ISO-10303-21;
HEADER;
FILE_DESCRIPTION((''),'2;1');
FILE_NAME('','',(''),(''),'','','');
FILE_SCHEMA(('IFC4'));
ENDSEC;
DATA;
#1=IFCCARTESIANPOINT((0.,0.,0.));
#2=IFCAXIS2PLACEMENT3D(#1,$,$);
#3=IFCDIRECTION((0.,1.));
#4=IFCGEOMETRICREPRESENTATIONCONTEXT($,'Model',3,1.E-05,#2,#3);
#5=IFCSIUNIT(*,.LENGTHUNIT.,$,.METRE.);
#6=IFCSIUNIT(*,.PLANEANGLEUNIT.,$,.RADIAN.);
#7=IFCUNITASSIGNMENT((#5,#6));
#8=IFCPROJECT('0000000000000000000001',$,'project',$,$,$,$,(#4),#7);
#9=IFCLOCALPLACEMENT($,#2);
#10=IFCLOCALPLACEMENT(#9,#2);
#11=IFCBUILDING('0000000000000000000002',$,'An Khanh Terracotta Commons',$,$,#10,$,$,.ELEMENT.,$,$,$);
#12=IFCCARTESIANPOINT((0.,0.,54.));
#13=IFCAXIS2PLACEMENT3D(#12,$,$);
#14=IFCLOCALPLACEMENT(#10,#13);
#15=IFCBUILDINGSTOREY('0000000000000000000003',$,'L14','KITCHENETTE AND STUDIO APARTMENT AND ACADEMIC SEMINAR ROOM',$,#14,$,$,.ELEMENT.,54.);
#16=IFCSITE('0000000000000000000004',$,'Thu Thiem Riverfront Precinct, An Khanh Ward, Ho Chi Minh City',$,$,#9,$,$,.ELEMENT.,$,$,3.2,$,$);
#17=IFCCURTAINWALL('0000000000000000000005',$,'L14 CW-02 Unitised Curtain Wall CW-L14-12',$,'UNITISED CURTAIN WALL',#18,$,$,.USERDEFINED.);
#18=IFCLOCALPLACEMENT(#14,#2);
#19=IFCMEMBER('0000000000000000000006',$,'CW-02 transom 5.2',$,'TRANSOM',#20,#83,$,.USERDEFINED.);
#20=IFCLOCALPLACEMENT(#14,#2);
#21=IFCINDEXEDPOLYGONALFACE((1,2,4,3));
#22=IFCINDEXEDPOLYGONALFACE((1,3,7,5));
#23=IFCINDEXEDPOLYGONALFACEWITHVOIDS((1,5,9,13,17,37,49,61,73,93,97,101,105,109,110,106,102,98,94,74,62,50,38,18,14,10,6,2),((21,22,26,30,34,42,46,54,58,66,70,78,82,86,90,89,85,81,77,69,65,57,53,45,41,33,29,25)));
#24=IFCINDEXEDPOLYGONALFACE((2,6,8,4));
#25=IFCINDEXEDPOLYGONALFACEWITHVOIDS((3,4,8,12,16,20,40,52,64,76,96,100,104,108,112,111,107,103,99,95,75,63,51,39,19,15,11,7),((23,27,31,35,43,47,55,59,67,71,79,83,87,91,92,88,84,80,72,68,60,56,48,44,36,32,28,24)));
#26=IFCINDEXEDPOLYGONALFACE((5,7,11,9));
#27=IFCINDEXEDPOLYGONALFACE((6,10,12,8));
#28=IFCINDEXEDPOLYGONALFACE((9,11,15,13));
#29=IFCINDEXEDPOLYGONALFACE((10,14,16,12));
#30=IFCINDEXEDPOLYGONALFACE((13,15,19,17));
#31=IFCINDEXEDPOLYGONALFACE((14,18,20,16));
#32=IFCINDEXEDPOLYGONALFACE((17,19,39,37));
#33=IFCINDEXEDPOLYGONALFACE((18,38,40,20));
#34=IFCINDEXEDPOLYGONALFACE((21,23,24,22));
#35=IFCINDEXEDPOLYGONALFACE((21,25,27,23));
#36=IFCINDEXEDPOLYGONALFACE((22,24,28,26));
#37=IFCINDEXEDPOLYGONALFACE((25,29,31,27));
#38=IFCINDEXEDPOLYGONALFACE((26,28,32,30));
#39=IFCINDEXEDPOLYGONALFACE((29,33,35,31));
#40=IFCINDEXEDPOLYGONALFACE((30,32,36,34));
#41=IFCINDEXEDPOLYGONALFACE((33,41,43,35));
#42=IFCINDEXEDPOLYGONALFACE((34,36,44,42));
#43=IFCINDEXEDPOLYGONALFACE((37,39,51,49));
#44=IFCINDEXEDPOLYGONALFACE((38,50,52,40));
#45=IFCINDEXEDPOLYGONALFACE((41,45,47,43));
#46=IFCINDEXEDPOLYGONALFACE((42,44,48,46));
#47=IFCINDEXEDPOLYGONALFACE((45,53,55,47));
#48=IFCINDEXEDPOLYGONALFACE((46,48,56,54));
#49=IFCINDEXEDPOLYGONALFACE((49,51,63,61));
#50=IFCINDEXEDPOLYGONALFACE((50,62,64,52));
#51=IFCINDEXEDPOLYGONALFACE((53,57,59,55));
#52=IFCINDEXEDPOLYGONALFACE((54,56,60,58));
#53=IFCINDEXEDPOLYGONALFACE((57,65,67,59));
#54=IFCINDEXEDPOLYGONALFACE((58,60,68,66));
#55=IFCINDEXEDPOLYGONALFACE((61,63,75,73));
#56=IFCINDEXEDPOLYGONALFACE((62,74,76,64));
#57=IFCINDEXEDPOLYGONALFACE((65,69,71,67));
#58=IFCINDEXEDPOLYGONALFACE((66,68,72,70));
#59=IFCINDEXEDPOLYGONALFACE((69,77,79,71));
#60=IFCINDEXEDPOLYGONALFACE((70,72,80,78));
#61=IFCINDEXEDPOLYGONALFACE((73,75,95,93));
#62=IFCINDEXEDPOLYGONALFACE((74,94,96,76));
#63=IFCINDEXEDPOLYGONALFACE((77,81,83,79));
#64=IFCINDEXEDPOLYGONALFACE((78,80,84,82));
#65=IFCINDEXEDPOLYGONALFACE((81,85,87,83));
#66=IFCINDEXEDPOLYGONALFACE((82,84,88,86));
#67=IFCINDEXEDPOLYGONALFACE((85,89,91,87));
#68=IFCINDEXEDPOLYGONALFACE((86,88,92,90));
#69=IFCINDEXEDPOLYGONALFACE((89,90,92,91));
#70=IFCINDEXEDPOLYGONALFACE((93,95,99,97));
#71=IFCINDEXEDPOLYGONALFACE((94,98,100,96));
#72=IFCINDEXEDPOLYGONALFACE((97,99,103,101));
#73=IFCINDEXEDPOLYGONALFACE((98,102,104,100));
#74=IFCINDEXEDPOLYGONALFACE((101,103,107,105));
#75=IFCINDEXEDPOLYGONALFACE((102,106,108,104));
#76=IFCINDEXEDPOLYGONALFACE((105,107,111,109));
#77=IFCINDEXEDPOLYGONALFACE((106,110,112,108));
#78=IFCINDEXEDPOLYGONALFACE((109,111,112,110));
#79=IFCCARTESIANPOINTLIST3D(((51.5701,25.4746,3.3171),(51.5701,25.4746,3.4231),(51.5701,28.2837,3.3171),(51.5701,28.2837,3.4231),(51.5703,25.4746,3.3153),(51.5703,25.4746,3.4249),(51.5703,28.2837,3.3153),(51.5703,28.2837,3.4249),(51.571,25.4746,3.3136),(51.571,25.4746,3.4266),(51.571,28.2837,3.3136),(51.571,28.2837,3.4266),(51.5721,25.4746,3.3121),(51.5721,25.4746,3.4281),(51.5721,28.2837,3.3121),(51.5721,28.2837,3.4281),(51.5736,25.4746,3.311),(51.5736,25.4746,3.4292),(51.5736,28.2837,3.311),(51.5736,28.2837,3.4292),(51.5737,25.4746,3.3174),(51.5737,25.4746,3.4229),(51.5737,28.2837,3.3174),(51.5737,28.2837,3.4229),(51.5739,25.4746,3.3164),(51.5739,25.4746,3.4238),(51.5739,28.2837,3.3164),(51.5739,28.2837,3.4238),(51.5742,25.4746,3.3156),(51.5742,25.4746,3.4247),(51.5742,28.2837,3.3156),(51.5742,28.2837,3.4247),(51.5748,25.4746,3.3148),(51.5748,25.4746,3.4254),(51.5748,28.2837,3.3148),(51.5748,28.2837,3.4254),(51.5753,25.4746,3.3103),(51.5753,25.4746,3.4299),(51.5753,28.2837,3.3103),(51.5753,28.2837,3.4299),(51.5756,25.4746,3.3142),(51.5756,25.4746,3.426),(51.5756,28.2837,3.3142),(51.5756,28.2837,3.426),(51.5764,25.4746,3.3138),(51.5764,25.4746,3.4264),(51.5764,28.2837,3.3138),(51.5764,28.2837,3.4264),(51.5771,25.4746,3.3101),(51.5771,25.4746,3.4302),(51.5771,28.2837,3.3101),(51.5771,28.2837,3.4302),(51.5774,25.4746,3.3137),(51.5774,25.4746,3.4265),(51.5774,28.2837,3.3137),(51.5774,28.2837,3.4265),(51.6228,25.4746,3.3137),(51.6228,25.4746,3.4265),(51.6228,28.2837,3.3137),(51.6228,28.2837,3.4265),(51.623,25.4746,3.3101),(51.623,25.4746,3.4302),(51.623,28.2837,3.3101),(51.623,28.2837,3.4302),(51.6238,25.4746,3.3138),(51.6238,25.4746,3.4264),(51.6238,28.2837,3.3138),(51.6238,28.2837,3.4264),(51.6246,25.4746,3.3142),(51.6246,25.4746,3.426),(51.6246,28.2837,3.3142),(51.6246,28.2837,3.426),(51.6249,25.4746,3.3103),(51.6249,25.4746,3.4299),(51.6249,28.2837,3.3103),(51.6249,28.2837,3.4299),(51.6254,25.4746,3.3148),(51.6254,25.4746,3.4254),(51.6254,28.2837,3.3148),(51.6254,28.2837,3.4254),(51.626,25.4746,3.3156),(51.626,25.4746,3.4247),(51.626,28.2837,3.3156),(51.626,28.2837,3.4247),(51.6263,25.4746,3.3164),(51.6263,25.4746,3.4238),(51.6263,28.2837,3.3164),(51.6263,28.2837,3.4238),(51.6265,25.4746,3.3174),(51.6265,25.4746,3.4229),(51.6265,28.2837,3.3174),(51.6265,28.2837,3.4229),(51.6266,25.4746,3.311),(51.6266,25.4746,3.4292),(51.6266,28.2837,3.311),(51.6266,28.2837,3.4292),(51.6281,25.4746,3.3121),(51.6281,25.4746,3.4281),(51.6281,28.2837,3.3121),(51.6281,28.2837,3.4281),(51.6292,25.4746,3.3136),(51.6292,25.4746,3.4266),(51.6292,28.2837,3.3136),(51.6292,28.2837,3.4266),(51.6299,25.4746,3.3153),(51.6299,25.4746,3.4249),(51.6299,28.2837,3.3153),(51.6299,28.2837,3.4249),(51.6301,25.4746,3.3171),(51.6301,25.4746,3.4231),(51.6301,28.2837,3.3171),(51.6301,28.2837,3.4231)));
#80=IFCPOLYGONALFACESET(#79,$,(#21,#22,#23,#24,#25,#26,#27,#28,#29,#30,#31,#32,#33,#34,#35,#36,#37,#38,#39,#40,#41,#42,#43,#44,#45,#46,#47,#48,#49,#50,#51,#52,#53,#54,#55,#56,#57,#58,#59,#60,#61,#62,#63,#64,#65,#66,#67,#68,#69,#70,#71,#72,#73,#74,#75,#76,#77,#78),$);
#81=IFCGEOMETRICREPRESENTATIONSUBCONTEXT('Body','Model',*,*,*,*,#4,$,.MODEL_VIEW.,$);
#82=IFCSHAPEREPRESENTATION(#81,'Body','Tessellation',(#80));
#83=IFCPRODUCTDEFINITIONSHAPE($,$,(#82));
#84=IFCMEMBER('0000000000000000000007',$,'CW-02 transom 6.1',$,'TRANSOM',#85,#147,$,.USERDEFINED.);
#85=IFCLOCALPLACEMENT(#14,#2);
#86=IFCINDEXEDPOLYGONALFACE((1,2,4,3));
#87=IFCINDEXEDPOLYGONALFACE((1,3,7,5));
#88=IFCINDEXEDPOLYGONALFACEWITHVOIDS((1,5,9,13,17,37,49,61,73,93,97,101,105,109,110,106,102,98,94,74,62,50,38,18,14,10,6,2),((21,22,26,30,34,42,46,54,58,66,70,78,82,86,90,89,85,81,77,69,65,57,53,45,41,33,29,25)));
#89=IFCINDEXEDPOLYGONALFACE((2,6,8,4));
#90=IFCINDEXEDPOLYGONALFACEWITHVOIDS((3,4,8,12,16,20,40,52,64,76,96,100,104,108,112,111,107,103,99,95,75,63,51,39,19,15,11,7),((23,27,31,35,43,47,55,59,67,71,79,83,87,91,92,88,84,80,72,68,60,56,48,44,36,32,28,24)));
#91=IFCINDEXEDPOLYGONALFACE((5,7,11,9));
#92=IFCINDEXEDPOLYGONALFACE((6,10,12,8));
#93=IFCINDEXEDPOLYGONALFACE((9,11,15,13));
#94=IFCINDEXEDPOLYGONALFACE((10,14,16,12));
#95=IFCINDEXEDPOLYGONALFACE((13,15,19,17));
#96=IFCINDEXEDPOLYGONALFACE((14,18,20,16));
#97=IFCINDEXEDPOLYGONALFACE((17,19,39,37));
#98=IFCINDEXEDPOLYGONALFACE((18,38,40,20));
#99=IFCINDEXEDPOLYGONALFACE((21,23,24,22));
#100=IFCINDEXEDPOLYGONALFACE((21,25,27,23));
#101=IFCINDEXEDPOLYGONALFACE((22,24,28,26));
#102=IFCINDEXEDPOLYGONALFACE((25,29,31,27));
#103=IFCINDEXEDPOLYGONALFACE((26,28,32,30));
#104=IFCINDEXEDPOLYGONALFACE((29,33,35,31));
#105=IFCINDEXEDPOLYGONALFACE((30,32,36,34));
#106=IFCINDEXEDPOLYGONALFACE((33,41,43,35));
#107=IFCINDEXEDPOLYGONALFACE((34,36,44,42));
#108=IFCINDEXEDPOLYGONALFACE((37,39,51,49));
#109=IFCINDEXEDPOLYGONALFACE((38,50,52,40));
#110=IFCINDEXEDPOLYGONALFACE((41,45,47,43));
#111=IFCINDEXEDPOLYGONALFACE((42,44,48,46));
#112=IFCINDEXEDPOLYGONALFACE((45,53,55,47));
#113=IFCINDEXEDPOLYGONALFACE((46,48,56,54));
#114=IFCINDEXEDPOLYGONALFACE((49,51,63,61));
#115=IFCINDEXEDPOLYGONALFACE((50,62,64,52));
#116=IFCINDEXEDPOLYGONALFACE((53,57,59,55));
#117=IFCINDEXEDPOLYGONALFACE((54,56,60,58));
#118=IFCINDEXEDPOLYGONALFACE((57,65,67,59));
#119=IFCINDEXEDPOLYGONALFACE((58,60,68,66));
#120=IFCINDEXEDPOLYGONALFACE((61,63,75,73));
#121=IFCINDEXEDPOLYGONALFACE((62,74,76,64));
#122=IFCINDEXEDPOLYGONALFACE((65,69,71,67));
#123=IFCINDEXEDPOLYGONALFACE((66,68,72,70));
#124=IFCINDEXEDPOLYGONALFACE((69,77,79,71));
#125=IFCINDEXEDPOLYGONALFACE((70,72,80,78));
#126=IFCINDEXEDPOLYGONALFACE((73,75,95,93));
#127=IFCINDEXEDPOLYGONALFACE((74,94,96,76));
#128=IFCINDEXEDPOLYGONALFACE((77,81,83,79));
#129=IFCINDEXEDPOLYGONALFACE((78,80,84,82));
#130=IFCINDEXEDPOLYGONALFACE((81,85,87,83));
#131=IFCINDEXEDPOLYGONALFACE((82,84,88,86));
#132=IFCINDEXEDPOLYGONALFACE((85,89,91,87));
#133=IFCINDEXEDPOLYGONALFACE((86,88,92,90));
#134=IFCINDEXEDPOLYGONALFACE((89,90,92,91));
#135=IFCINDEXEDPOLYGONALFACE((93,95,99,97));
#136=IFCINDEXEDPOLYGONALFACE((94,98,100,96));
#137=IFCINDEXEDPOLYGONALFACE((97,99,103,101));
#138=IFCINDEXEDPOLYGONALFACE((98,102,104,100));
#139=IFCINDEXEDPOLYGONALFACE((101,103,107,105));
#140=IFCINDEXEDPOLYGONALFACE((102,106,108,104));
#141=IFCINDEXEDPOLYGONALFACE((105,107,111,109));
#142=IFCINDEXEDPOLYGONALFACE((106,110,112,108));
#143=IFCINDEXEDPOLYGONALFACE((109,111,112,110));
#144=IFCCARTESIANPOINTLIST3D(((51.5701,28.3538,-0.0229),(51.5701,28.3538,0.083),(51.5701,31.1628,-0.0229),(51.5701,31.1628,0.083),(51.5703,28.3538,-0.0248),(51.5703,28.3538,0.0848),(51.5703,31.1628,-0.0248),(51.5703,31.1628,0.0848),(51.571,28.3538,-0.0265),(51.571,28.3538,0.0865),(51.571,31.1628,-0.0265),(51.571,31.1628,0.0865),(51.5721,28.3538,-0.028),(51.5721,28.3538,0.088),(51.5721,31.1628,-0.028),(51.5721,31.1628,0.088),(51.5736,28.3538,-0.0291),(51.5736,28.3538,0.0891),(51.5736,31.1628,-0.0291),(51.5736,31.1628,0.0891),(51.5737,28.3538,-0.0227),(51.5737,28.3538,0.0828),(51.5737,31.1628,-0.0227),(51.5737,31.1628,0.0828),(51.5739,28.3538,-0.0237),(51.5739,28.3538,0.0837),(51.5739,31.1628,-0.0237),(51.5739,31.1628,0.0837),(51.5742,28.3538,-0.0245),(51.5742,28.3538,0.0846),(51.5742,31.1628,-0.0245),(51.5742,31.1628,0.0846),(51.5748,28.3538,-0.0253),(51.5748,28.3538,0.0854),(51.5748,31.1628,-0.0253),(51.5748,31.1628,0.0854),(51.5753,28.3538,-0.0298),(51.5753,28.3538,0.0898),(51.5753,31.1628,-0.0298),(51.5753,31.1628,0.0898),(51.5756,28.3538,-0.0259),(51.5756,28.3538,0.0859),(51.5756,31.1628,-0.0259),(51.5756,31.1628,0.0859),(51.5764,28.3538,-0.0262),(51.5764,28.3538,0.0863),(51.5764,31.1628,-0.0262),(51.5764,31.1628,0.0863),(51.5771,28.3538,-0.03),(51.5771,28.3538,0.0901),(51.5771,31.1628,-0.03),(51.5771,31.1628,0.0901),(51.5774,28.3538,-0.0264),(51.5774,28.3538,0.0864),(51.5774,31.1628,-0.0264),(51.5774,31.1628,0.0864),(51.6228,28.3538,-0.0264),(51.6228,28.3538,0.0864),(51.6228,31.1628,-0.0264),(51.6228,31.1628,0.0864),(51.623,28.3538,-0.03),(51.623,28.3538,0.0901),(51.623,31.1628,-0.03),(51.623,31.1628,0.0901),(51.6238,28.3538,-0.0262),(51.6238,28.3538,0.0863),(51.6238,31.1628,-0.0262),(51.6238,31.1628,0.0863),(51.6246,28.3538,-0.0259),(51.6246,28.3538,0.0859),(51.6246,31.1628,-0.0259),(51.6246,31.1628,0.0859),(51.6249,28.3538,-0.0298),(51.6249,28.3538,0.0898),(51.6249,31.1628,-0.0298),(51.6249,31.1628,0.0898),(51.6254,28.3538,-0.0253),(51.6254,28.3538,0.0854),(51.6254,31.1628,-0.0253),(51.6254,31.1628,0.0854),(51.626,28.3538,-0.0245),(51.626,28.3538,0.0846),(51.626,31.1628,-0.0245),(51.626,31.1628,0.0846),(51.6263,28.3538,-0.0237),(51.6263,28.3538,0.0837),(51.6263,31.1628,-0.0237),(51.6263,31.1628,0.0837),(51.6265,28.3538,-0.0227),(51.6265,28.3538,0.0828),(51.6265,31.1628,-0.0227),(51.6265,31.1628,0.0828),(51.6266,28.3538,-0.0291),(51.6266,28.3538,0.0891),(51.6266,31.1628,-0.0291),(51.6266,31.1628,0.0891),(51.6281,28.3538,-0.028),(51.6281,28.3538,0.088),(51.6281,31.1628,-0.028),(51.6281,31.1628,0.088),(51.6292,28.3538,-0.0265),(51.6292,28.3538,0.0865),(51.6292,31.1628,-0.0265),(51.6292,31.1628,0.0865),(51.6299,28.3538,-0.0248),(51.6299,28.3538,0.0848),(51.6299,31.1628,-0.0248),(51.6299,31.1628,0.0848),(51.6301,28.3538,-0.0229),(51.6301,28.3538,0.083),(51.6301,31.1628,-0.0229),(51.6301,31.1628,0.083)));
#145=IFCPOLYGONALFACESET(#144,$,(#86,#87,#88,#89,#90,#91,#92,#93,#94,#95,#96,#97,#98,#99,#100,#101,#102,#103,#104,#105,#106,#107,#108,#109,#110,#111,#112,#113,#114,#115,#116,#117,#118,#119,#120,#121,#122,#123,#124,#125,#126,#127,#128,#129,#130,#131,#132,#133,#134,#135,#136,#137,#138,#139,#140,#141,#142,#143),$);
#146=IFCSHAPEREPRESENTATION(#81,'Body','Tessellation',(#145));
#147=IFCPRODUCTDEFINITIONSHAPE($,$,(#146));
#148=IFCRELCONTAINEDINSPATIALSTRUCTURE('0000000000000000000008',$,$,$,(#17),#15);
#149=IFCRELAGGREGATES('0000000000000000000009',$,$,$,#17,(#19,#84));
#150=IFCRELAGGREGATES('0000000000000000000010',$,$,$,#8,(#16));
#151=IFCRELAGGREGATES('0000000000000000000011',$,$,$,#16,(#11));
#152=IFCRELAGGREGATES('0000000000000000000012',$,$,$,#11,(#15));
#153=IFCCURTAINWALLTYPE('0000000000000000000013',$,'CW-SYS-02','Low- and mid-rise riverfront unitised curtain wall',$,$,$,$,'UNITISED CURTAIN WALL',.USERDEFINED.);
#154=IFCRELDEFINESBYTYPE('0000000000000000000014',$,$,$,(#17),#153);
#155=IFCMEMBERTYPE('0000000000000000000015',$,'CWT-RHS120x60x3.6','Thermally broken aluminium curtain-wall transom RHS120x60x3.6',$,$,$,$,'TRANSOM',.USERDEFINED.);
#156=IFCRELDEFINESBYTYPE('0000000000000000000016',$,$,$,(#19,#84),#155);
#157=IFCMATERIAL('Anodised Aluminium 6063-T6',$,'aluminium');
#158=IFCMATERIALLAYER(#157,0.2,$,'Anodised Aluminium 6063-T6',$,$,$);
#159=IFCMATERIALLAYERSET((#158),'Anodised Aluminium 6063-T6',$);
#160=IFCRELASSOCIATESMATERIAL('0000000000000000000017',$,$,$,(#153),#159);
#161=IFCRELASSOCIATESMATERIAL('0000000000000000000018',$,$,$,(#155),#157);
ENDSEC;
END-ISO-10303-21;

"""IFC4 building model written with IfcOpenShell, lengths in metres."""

from ifc_helpers import new_model, si_unit, direction, frame, origin, origin_2d, place, context, subcontext, project, spatial, hollow_rectangle, extrude, material, layer, layer_set, material_profile, profile_set, type_object, element, aggregate, save


model = new_model("IFC4")

# Units and contexts
model_context = context("Model", 3, precision=1e-05, world=origin(), true_north=direction((0.0, 1.0)))
body_context = subcontext(model_context, "Body", "Model", "MODEL_VIEW")
ifc_project = project(units=[si_unit("LENGTHUNIT", "METRE"), si_unit("PLANEANGLEUNIT", "RADIAN")], contexts=[model_context])

# Site, building, storey
site_placement = place(None, origin())
site = spatial("IfcSite", under=ifc_project, at=site_placement, Name="Thu Thiem Riverfront Precinct, An Khanh Ward, Ho Chi Minh City", CompositionType="ELEMENT", RefElevation=3.2)
building_placement = place(site_placement, origin())
building = spatial("IfcBuilding", under=site, at=building_placement, Name="An Khanh Terracotta Commons", CompositionType="ELEMENT")
storey_placement = place(building_placement, frame((0.0, 0.0, 54.0)))
storey = spatial("IfcBuildingStorey", under=building, at=storey_placement, Name="L14", Description="KITCHENETTE AND STUDIO APARTMENT AND ACADEMIC SEMINAR ROOM", CompositionType="ELEMENT", Elevation=54.0)

# Curtain wall, members
ifc_material_1 = material(Name="Anodised Aluminium 6063-T6", Category="aluminium")
ifc_layer_1 = layer(ifc_material_1, 0.2, Name="Anodised Aluminium 6063-T6")
ifc_layer_set_1 = layer_set([ifc_layer_1], Name="Anodised Aluminium 6063-T6")
curtain_wall_type = type_object("IfcCurtainWallType", Name="CW-SYS-02", Description="Low- and mid-rise riverfront unitised curtain wall", ElementType="UNITISED CURTAIN WALL", PredefinedType="USERDEFINED", material=ifc_layer_set_1)
curtain_wall_placement = place(storey_placement, origin())
curtain_wall = element("IfcCurtainWall", 1, at=curtain_wall_placement, inside=storey, type_object=curtain_wall_type, Name="L14 CW-02 Unitised Curtain Wall CW-L14-12", ObjectType="UNITISED CURTAIN WALL", PredefinedType="USERDEFINED")
ifc_material_profile_1 = material_profile(ifc_material_1, hollow_rectangle(XDim=0.0601, YDim=0.1201, WallThickness=0.0037, InnerFilletRadius=0.0037, OuterFilletRadius=0.0071, at=origin_2d()), Name="RHS120x60x3.6")
ifc_profile_set_1 = profile_set([ifc_material_profile_1], Name="Anodised Aluminium 6063-T6")
member_type_1 = type_object("IfcMemberType", Name="CWT-RHS120x60x3.6", Description="Thermally broken aluminium curtain-wall transom RHS120x60x3.6", ElementType="TRANSOM", PredefinedType="USERDEFINED", material=ifc_profile_set_1)
member_1_placement = place(storey_placement, frame((51.6001, 25.4746, 3.3701), z_axis=(0.0, 1.0, 0.0), x_axis=(-1.0, 0.0, 0.0)))
member_1 = element("IfcMember", 2, at=member_1_placement, type_object=member_type_1, Name="CW-02 transom 5.2", ObjectType="TRANSOM", PredefinedType="USERDEFINED", context=body_context, shape_type="SweptSolid", body=[
    extrude(hollow_rectangle(XDim=0.0601, YDim=0.1201, WallThickness=0.0037, InnerFilletRadius=0.0037, OuterFilletRadius=0.0071, at=origin_2d()), origin(), (0.0, 0.0, 1.0), 2.8091),
])
member_2_placement = place(storey_placement, frame((51.6001, 28.3538, 0.03), z_axis=(0.0, 1.0, 0.0), x_axis=(-1.0, 0.0, 0.0)))
member_2 = element("IfcMember", 3, at=member_2_placement, type_object=member_type_1, Name="CW-02 transom 6.1", ObjectType="TRANSOM", PredefinedType="USERDEFINED", context=body_context, shape_type="SweptSolid", body=[
    extrude(hollow_rectangle(XDim=0.0601, YDim=0.1201, WallThickness=0.0037, InnerFilletRadius=0.0037, OuterFilletRadius=0.0071, at=origin_2d()), origin(), (0.0, 0.0, 1.0), 2.8091),
])
aggregate(curtain_wall, [member_1, member_2])

save(model, "model.ifc")
